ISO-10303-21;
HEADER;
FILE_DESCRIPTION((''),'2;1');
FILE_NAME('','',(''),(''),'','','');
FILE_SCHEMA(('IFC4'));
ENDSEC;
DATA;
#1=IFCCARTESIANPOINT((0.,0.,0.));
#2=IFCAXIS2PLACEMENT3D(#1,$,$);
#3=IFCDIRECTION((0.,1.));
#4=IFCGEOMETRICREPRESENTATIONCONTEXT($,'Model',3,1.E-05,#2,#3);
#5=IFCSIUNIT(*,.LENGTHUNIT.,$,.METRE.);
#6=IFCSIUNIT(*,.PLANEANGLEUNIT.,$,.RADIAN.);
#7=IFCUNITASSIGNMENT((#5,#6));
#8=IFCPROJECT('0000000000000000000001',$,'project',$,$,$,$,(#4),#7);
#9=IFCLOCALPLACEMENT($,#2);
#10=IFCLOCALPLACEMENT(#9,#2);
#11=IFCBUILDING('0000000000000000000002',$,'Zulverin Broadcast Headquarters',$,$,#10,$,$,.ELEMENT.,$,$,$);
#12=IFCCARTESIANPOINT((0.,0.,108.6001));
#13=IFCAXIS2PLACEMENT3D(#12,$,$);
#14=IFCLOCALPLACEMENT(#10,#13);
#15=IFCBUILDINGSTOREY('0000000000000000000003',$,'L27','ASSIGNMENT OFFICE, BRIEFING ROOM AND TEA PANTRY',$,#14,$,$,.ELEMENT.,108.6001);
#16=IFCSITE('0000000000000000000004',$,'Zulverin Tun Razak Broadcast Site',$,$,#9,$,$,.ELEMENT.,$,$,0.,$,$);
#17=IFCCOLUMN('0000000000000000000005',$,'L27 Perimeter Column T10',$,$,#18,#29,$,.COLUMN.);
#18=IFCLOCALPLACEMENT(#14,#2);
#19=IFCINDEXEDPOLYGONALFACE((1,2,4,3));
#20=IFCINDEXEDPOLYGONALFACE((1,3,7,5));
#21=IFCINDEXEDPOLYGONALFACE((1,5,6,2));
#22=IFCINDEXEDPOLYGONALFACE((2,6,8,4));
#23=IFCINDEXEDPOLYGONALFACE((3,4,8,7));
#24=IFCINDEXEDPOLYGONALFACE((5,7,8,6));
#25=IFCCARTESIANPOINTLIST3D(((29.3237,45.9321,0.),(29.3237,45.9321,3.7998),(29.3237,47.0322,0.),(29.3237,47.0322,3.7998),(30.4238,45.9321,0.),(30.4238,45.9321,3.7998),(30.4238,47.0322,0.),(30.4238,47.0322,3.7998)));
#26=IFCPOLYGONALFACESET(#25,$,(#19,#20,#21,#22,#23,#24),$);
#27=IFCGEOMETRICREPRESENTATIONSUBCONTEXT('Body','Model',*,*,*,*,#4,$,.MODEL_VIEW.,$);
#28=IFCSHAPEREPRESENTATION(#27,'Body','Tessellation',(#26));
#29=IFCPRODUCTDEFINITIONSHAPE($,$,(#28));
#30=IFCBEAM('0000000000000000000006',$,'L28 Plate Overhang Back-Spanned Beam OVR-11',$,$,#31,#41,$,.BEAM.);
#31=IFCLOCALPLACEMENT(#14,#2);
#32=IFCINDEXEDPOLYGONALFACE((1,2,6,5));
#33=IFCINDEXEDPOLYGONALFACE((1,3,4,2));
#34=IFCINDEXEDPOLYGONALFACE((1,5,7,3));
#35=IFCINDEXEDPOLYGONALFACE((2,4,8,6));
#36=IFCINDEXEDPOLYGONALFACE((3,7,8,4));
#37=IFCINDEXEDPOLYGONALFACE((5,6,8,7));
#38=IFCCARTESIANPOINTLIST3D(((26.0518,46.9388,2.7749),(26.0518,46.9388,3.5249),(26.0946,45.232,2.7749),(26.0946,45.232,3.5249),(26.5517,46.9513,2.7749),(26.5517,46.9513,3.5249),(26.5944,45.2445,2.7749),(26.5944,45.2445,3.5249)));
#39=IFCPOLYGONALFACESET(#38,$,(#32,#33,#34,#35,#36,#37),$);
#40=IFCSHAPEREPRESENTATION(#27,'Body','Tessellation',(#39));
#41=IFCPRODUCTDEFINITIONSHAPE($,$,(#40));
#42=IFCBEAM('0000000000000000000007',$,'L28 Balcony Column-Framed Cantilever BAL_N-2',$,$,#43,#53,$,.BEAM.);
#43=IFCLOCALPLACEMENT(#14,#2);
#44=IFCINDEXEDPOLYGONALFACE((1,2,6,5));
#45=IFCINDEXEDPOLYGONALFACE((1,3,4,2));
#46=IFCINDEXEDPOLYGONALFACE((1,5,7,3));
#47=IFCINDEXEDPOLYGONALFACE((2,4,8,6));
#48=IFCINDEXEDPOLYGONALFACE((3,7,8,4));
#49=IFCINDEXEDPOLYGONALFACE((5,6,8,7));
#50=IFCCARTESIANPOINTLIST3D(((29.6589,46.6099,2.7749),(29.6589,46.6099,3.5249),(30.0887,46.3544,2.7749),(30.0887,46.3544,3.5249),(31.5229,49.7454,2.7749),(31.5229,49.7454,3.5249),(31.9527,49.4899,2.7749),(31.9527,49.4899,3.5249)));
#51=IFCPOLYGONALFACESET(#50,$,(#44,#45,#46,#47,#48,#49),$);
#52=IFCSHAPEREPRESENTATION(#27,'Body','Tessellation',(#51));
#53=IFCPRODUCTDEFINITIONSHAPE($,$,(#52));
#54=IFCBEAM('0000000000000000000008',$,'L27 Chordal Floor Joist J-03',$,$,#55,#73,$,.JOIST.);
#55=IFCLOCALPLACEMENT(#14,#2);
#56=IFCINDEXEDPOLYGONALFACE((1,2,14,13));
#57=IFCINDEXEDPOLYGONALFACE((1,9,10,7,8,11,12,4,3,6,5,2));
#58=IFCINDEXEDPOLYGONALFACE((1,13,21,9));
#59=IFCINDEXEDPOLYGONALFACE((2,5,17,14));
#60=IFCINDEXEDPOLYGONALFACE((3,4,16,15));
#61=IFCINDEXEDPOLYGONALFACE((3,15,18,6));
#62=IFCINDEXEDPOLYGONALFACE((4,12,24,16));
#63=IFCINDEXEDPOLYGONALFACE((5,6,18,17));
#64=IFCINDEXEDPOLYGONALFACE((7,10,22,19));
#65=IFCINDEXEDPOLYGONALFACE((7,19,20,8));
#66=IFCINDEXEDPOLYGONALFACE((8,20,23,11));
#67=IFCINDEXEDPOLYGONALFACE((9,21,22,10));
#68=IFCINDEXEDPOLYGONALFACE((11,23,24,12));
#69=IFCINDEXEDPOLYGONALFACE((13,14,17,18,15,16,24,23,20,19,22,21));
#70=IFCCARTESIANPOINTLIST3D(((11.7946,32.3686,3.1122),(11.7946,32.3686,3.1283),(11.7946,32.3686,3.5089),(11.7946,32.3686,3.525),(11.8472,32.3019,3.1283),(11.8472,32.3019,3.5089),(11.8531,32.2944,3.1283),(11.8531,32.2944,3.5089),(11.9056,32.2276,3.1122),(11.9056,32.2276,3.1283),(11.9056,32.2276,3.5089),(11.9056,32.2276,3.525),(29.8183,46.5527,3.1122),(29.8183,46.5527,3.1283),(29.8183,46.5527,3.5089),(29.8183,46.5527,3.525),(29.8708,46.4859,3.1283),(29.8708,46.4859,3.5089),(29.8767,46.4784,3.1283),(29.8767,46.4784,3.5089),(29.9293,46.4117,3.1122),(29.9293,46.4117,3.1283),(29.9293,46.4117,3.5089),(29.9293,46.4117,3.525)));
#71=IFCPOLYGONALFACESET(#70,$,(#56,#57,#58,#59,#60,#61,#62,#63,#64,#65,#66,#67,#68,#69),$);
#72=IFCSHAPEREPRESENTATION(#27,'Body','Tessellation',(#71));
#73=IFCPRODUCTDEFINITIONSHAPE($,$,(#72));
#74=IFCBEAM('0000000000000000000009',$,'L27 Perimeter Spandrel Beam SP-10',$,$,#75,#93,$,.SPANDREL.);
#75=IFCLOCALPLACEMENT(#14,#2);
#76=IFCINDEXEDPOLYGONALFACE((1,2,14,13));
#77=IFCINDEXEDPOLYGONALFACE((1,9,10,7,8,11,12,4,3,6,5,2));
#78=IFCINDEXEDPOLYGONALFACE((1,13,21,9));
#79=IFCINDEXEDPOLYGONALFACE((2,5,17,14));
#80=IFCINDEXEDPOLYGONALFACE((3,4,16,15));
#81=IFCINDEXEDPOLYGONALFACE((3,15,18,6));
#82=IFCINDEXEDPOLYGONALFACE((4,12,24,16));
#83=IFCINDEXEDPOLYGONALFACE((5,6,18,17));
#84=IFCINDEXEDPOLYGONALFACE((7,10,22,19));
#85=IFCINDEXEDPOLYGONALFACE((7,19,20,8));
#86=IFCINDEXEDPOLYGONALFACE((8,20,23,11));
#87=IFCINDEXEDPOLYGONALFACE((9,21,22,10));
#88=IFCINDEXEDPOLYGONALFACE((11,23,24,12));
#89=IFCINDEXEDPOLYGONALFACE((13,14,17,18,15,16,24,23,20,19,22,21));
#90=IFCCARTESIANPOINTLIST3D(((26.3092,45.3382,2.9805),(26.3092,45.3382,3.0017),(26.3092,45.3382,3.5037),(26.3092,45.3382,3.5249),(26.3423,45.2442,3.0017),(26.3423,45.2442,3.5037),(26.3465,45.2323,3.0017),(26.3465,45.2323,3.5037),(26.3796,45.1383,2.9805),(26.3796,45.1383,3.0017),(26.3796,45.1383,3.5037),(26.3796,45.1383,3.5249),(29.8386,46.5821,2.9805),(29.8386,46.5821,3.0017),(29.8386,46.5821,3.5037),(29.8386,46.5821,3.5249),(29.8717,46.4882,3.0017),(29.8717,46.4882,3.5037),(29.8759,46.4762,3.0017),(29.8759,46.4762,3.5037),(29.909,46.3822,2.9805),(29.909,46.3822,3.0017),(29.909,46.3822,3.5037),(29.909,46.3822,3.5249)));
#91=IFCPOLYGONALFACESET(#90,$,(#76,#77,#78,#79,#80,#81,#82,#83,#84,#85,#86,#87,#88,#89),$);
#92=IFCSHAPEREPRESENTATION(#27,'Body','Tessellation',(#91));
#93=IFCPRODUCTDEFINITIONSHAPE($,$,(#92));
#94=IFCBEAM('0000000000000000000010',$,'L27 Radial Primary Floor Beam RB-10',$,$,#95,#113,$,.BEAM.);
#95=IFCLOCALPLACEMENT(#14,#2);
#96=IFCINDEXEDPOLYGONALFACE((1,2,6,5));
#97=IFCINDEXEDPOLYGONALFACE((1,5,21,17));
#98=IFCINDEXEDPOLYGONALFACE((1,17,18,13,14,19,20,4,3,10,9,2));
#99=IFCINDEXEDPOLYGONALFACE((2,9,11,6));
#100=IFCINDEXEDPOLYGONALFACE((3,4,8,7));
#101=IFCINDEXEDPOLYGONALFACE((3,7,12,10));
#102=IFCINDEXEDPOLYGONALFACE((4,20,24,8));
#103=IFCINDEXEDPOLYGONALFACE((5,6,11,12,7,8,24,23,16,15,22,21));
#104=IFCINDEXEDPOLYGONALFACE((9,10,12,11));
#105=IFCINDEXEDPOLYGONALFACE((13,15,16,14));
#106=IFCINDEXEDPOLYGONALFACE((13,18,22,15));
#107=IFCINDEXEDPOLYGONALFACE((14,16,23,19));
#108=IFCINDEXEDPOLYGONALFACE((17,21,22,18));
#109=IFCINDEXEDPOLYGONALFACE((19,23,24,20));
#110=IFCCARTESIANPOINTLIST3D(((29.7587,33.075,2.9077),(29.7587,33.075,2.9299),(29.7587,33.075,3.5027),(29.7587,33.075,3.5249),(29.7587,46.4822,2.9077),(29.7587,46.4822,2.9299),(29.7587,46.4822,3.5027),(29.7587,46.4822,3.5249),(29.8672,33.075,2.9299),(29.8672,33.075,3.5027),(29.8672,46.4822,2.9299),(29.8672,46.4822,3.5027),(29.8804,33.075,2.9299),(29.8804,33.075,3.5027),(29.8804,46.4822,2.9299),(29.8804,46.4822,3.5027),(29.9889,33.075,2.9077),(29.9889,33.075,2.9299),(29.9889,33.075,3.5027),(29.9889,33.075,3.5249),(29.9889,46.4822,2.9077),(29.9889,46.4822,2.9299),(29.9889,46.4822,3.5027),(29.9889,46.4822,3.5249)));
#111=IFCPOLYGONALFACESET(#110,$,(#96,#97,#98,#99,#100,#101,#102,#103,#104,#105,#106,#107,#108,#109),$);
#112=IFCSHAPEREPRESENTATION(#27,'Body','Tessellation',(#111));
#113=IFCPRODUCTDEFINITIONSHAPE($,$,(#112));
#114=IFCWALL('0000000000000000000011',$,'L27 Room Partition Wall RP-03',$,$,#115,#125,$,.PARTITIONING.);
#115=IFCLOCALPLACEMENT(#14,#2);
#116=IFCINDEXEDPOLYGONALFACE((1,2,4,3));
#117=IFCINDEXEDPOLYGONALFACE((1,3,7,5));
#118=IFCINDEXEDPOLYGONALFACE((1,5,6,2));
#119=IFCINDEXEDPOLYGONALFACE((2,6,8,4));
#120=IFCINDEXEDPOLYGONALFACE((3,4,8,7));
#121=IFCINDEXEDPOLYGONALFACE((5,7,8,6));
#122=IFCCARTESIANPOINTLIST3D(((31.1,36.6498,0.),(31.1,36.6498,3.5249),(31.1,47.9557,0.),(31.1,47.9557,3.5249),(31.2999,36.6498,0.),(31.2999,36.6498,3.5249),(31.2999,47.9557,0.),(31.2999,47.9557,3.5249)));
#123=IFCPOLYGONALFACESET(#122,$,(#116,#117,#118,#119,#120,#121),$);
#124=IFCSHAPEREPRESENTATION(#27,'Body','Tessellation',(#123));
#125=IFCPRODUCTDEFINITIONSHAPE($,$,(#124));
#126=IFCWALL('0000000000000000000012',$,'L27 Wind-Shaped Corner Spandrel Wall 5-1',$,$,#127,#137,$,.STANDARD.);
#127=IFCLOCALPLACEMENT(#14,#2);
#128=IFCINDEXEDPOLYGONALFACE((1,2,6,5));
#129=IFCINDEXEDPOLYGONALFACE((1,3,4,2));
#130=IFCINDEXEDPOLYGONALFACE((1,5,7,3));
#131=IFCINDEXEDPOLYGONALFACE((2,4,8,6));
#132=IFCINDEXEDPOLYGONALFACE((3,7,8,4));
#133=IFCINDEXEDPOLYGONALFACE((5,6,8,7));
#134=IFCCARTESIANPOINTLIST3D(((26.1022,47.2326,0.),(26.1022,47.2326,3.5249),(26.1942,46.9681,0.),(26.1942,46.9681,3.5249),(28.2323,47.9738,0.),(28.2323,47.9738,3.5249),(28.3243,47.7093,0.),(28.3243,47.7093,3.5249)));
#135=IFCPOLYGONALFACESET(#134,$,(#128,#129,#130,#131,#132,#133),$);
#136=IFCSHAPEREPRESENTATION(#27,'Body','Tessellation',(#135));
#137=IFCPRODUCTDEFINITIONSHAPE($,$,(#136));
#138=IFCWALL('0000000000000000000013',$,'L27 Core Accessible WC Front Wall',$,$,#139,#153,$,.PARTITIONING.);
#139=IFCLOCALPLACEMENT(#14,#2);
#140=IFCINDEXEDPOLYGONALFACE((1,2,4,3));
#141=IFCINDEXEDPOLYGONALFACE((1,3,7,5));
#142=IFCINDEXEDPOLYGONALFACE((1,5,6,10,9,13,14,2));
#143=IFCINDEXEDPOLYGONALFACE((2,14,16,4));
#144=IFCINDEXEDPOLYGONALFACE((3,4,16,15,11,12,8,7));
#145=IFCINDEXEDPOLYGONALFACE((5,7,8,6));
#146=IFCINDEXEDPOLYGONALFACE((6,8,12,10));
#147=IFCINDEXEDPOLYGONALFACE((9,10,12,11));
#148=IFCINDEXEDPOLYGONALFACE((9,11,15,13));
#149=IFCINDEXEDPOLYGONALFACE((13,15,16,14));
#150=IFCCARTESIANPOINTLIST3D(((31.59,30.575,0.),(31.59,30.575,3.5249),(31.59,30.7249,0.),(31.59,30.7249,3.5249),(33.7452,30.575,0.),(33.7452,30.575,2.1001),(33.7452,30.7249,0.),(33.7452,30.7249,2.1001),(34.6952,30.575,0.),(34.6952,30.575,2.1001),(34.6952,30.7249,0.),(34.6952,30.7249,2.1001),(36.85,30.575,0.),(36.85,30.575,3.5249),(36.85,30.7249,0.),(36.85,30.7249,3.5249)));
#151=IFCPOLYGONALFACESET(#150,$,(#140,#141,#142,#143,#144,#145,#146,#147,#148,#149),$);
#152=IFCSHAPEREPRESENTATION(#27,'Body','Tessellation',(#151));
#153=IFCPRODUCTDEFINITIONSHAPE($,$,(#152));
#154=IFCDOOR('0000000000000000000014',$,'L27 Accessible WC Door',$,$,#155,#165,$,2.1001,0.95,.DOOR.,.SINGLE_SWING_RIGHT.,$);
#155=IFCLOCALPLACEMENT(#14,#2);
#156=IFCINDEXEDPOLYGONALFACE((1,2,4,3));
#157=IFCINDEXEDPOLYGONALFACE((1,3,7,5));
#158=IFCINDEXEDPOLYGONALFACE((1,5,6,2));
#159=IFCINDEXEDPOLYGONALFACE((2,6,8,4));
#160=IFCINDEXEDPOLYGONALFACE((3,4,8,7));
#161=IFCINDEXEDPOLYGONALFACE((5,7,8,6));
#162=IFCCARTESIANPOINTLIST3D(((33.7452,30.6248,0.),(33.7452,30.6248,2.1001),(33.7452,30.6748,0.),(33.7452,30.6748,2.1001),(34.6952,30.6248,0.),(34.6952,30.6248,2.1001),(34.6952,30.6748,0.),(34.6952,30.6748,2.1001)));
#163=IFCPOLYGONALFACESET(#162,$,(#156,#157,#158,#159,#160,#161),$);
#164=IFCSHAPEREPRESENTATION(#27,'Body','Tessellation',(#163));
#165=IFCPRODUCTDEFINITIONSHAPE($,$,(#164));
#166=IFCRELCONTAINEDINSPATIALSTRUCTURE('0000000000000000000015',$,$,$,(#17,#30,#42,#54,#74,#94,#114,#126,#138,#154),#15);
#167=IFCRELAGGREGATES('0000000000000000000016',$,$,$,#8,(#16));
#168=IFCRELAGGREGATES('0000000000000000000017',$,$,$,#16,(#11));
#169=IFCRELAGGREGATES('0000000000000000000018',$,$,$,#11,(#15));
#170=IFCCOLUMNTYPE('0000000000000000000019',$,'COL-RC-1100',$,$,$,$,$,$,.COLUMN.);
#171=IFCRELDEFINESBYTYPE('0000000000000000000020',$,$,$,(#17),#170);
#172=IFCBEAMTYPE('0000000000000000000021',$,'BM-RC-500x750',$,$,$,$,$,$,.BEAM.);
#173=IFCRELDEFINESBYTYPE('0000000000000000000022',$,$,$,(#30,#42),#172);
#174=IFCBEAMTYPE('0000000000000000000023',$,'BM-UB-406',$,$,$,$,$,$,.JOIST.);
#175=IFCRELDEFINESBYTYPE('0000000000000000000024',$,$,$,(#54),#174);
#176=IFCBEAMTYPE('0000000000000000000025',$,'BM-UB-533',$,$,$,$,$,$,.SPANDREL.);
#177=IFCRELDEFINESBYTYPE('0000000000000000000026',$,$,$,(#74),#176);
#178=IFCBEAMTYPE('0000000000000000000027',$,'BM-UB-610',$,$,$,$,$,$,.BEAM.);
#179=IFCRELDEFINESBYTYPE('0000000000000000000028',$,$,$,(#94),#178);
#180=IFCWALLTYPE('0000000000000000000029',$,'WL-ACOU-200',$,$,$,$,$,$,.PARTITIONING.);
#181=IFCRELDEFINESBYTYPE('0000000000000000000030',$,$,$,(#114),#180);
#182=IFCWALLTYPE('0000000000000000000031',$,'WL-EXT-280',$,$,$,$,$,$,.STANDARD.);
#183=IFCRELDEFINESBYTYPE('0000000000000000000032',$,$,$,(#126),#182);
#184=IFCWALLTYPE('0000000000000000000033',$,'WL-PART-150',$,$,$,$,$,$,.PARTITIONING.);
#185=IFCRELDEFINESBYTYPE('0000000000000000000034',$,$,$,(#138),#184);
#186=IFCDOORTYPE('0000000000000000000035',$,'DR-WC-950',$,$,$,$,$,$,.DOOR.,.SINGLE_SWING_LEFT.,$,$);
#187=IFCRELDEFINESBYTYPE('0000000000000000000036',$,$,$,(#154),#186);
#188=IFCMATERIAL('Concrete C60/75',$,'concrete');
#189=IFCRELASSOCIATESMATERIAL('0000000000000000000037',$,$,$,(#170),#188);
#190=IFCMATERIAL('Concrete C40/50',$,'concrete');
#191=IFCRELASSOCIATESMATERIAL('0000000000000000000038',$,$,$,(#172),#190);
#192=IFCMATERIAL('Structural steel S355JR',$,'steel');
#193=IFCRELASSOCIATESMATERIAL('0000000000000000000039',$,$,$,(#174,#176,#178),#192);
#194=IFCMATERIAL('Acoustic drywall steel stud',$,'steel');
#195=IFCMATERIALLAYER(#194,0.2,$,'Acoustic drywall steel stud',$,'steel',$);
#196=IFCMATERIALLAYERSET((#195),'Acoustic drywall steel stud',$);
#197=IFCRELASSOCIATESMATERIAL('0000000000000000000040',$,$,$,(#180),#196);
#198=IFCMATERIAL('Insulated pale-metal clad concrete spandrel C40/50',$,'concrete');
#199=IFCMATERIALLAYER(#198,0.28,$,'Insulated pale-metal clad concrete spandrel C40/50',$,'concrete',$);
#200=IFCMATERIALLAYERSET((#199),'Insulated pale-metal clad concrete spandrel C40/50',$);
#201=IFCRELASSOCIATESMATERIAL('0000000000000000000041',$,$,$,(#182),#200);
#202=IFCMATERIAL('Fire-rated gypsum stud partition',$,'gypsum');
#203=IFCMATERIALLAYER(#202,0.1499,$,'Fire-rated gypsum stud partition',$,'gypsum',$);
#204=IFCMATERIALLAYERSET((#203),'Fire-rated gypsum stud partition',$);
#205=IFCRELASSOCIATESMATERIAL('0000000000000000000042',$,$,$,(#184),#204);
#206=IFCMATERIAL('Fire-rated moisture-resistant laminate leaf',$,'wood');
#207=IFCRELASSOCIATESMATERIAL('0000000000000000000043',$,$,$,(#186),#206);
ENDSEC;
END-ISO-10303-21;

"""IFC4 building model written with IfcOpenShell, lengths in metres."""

from ifc_helpers import new_model, si_unit, direction, frame, frame_2d, origin, origin_2d, place, context, subcontext, project, spatial, rectangle, i_section, extrude, material, layer, layer_set, material_profile, profile_set, type_object, element, fill, save


model = new_model("IFC4")

# Units and contexts
model_context = context("Model", 3, precision=1e-05, world=origin(), true_north=direction((0.0, 1.0)))
body_context = subcontext(model_context, "Body", "Model", "MODEL_VIEW")
ifc_project = project(units=[si_unit("LENGTHUNIT", "METRE"), si_unit("PLANEANGLEUNIT", "RADIAN")], contexts=[model_context])

# Site, building, storey
site_placement = place(None, origin())
site = spatial("IfcSite", under=ifc_project, at=site_placement, Name="Zulverin Tun Razak Broadcast Site", CompositionType="ELEMENT", RefElevation=0.0)
building_placement = place(site_placement, origin())
building = spatial("IfcBuilding", under=site, at=building_placement, Name="Zulverin Broadcast Headquarters", CompositionType="ELEMENT")
storey_placement = place(building_placement, frame((0.0, 0.0, 108.6001)))
storey = spatial("IfcBuildingStorey", under=building, at=storey_placement, Name="L27", Description="ASSIGNMENT OFFICE, BRIEFING ROOM AND TEA PANTRY", CompositionType="ELEMENT", Elevation=108.6001)

# Column
ifc_material_1 = material(Name="Concrete C60/75", Category="concrete")
ifc_material_profile_1 = material_profile(ifc_material_1, rectangle(XDim=1.1001, YDim=1.1001, at=origin_2d()), Name="Concrete C60/75", Category="concrete")
ifc_profile_set_1 = profile_set([ifc_material_profile_1], Name="Concrete C60/75")
column_type = type_object("IfcColumnType", Name="COL-RC-1100", PredefinedType="COLUMN", material=ifc_profile_set_1)
column_placement = place(storey_placement, frame((29.8738, 46.4822, 0.0), z_axis=(0.0, 0.0, 1.0), x_axis=(1.0, 0.0, 0.0)))
element("IfcColumn", 1, at=column_placement, inside=storey, type_object=column_type, Name="L27 Perimeter Column T10", PredefinedType="COLUMN", context=body_context, shape_type="SweptSolid", body=[
    extrude(rectangle(XDim=1.1001, YDim=1.1001, at=origin_2d()), origin(), (0.0, 0.0, 1.0), 3.7998),
])

# Beams
ifc_material_2 = material(Name="Concrete C40/50", Category="concrete")
ifc_material_profile_2 = material_profile(ifc_material_2, rectangle(XDim=0.5, YDim=0.75, at=origin_2d()), Name="Concrete C40/50", Category="concrete")
ifc_profile_set_2 = profile_set([ifc_material_profile_2], Name="Concrete C40/50")
beam_type_1 = type_object("IfcBeamType", Name="BM-RC-500x750", PredefinedType="BEAM", material=ifc_profile_set_2)
beam_1_placement = place(storey_placement, frame((26.3445, 45.2383, 3.1499), z_axis=(-0.025024, 0.999687, 0.0), x_axis=(-0.999687, -0.025024, 0.0)))
element("IfcBeam", 2, at=beam_1_placement, inside=storey, type_object=beam_type_1, Name="L28 Plate Overhang Back-Spanned Beam OVR-11", PredefinedType="BEAM", context=body_context, shape_type="SweptSolid", body=[
    extrude(rectangle(XDim=0.5, YDim=0.75, at=origin_2d()), origin(), (0.0, 0.0, 1.0), 1.7073),
])
beam_2_placement = place(storey_placement, frame((29.8738, 46.4822, 3.1499), z_axis=(0.511007, 0.859576, 0.0), x_axis=(-0.859576, 0.511007, 0.0)))
element("IfcBeam", 3, at=beam_2_placement, inside=storey, type_object=beam_type_1, Name="L28 Balcony Column-Framed Cantilever BAL_N-2", PredefinedType="BEAM", context=body_context, shape_type="SweptSolid", body=[
    extrude(rectangle(XDim=0.5, YDim=0.75, at=origin_2d()), origin(), (0.0, 0.0, 1.0), 3.6477),
])
ifc_material_3 = material(Name="Structural steel S355JR", Category="steel")
ifc_material_profile_3 = material_profile(ifc_material_3, i_section(OverallWidth=0.1794, OverallDepth=0.4128, WebThickness=0.0095, FlangeThickness=0.0161, at=origin_2d()), Name="Structural steel S355JR", Category="steel")
ifc_profile_set_3 = profile_set([ifc_material_profile_3], Name="Structural steel S355JR")
beam_type_2 = type_object("IfcBeamType", Name="BM-UB-406", PredefinedType="JOIST", material=ifc_profile_set_3)
beam_3_placement = place(storey_placement, frame((29.8738, 46.4822, 3.3186), z_axis=(-0.785839, -0.618431, 0.0), x_axis=(0.618431, -0.785839, 0.0)))
element("IfcBeam", 4, at=beam_3_placement, inside=storey, type_object=beam_type_2, Name="L27 Chordal Floor Joist J-03", PredefinedType="JOIST", context=body_context, shape_type="SweptSolid", body=[
    extrude(i_section(OverallWidth=0.1794, OverallDepth=0.4128, WebThickness=0.0095, FlangeThickness=0.0161, at=origin_2d()), origin(), (0.0, 0.0, 1.0), 22.9355),
])
ifc_material_profile_4 = material_profile(ifc_material_3, i_section(OverallWidth=0.2119, OverallDepth=0.5444, WebThickness=0.0127, FlangeThickness=0.0212, at=origin_2d()), Name="Structural steel S355JR", Category="steel")
ifc_profile_set_4 = profile_set([ifc_material_profile_4], Name="Structural steel S355JR")
beam_type_3 = type_object("IfcBeamType", Name="BM-UB-533", PredefinedType="SPANDREL", material=ifc_profile_set_4)
beam_4_placement = place(storey_placement, frame((29.8738, 46.4822, 3.2527), z_axis=(-0.943136, -0.332407, 0.0), x_axis=(0.332407, -0.943136, 0.0)))
element("IfcBeam", 5, at=beam_4_placement, inside=storey, type_object=beam_type_3, Name="L27 Perimeter Spandrel Beam SP-10", PredefinedType="SPANDREL", context=body_context, shape_type="SweptSolid", body=[
    extrude(i_section(OverallWidth=0.2119, OverallDepth=0.5444, WebThickness=0.0127, FlangeThickness=0.0212, at=origin_2d()), origin(), (0.0, 0.0, 1.0), 3.7422),
])
ifc_material_profile_5 = material_profile(ifc_material_3, i_section(OverallWidth=0.2302, OverallDepth=0.6172, WebThickness=0.0132, FlangeThickness=0.0222, at=origin_2d()), Name="Structural steel S355JR", Category="steel")
ifc_profile_set_5 = profile_set([ifc_material_profile_5], Name="Structural steel S355JR")
beam_type_4 = type_object("IfcBeamType", Name="BM-UB-610", PredefinedType="BEAM", material=ifc_profile_set_5)
beam_5_placement = place(storey_placement, frame((29.8738, 33.075, 3.2163), z_axis=(0.0, 1.0, 0.0), x_axis=(-1.0, 0.0, 0.0)))
element("IfcBeam", 6, at=beam_5_placement, inside=storey, type_object=beam_type_4, Name="L27 Radial Primary Floor Beam RB-10", PredefinedType="BEAM", context=body_context, shape_type="SweptSolid", body=[
    extrude(i_section(OverallWidth=0.2302, OverallDepth=0.6172, WebThickness=0.0132, FlangeThickness=0.0222, at=origin_2d()), origin(), (0.0, 0.0, 1.0), 13.4072),
])

# Walls
ifc_material_4 = material(Name="Acoustic drywall steel stud", Category="steel")
ifc_layer_1 = layer(ifc_material_4, 0.2, Name="Acoustic drywall steel stud", Category="steel")
ifc_layer_set_1 = layer_set([ifc_layer_1], Name="Acoustic drywall steel stud")
wall_type_1 = type_object("IfcWallType", Name="WL-ACOU-200", PredefinedType="PARTITIONING", material=ifc_layer_set_1)
wall_1_placement = place(storey_placement, frame((31.2, 36.6499, 0.0), z_axis=(0.0, 0.0, 1.0), x_axis=(0.0, 1.0, 0.0)))
element("IfcWall", 7, at=wall_1_placement, inside=storey, type_object=wall_type_1, Name="L27 Room Partition Wall RP-03", PredefinedType="PARTITIONING", context=body_context, shape_type="SweptSolid", body=[
    extrude(rectangle(XDim=11.3059, YDim=0.2, at=frame_2d((5.6528, 0.0))), origin(), (0.0, 0.0, 1.0), 3.5249),
])
ifc_material_5 = material(Name="Insulated pale-metal clad concrete spandrel C40/50", Category="concrete")
ifc_layer_2 = layer(ifc_material_5, 0.28, Name="Insulated pale-metal clad concrete spandrel C40/50", Category="concrete")
ifc_layer_set_2 = layer_set([ifc_layer_2], Name="Insulated pale-metal clad concrete spandrel C40/50")
wall_type_2 = type_object("IfcWallType", Name="WL-EXT-280", PredefinedType="STANDARD", material=ifc_layer_set_2)
wall_2_placement = place(storey_placement, frame((28.2783, 47.8416, 0.0), z_axis=(0.0, 0.0, 1.0), x_axis=(-0.944456, -0.328638, 0.0)))
element("IfcWall", 8, at=wall_2_placement, inside=storey, type_object=wall_type_2, Name="L27 Wind-Shaped Corner Spandrel Wall 5-1", PredefinedType="STANDARD", context=body_context, shape_type="SweptSolid", body=[
    extrude(rectangle(XDim=2.2554, YDim=0.28, at=frame_2d((1.1277, 0.0))), origin(), (0.0, 0.0, 1.0), 3.5249),
])

# Wall, opening, door
ifc_material_6 = material(Name="Fire-rated gypsum stud partition", Category="gypsum")
ifc_layer_3 = layer(ifc_material_6, 0.1499, Name="Fire-rated gypsum stud partition", Category="gypsum")
ifc_layer_set_3 = layer_set([ifc_layer_3], Name="Fire-rated gypsum stud partition")
wall_type_3 = type_object("IfcWallType", Name="WL-PART-150", PredefinedType="PARTITIONING", material=ifc_layer_set_3)
wall_3_placement = place(storey_placement, frame((31.5901, 30.6499, 0.0), z_axis=(0.0, 0.0, 1.0), x_axis=(1.0, 0.0, 0.0)))
wall_3 = element("IfcWall", 9, at=wall_3_placement, inside=storey, type_object=wall_type_3, Name="L27 Core Accessible WC Front Wall", PredefinedType="PARTITIONING", context=body_context, shape_type="SweptSolid", body=[
    extrude(rectangle(XDim=5.26, YDim=0.1499, at=frame_2d((2.6299, 0.0))), origin(), (0.0, 0.0, 1.0), 3.5249),
])
opening_placement = place(wall_3_placement, frame((2.155, 0.0, 0.0)))
opening = element("IfcOpeningElement", 10, at=opening_placement, cuts=wall_3, PredefinedType="OPENING", context=body_context, shape_type="SweptSolid", body=[
    extrude(rectangle(XDim=0.95, YDim=2.1001, at=frame_2d((0.4751, 1.05))), frame((0.0, 0.085, 0.0), z_axis=(0.0, -1.0, 0.0), x_axis=(1.0, 0.0, 0.0)), (0.0, 0.0, 1.0), 0.1699),
])
ifc_material_7 = material(Name="Fire-rated moisture-resistant laminate leaf", Category="wood")
door_type = type_object("IfcDoorType", Name="DR-WC-950", OperationType="SINGLE_SWING_LEFT", PredefinedType="DOOR", material=ifc_material_7)
door_placement = place(opening_placement, origin())
door = element("IfcDoor", 11, at=door_placement, inside=storey, type_object=door_type, Name="L27 Accessible WC Door", OperationType="SINGLE_SWING_RIGHT", OverallHeight=2.1001, OverallWidth=0.95, PredefinedType="DOOR", context=body_context, shape_type="SweptSolid", body=[
    extrude(rectangle(XDim=0.95, YDim=2.1001, at=frame_2d((0.4751, 1.05))), frame((0.0, 0.0249, 0.0), z_axis=(0.0, -1.0, 0.0), x_axis=(1.0, 0.0, 0.0)), (0.0, 0.0, 1.0), 0.05),
])
fill(opening, door)

save(model, "model.ifc")
